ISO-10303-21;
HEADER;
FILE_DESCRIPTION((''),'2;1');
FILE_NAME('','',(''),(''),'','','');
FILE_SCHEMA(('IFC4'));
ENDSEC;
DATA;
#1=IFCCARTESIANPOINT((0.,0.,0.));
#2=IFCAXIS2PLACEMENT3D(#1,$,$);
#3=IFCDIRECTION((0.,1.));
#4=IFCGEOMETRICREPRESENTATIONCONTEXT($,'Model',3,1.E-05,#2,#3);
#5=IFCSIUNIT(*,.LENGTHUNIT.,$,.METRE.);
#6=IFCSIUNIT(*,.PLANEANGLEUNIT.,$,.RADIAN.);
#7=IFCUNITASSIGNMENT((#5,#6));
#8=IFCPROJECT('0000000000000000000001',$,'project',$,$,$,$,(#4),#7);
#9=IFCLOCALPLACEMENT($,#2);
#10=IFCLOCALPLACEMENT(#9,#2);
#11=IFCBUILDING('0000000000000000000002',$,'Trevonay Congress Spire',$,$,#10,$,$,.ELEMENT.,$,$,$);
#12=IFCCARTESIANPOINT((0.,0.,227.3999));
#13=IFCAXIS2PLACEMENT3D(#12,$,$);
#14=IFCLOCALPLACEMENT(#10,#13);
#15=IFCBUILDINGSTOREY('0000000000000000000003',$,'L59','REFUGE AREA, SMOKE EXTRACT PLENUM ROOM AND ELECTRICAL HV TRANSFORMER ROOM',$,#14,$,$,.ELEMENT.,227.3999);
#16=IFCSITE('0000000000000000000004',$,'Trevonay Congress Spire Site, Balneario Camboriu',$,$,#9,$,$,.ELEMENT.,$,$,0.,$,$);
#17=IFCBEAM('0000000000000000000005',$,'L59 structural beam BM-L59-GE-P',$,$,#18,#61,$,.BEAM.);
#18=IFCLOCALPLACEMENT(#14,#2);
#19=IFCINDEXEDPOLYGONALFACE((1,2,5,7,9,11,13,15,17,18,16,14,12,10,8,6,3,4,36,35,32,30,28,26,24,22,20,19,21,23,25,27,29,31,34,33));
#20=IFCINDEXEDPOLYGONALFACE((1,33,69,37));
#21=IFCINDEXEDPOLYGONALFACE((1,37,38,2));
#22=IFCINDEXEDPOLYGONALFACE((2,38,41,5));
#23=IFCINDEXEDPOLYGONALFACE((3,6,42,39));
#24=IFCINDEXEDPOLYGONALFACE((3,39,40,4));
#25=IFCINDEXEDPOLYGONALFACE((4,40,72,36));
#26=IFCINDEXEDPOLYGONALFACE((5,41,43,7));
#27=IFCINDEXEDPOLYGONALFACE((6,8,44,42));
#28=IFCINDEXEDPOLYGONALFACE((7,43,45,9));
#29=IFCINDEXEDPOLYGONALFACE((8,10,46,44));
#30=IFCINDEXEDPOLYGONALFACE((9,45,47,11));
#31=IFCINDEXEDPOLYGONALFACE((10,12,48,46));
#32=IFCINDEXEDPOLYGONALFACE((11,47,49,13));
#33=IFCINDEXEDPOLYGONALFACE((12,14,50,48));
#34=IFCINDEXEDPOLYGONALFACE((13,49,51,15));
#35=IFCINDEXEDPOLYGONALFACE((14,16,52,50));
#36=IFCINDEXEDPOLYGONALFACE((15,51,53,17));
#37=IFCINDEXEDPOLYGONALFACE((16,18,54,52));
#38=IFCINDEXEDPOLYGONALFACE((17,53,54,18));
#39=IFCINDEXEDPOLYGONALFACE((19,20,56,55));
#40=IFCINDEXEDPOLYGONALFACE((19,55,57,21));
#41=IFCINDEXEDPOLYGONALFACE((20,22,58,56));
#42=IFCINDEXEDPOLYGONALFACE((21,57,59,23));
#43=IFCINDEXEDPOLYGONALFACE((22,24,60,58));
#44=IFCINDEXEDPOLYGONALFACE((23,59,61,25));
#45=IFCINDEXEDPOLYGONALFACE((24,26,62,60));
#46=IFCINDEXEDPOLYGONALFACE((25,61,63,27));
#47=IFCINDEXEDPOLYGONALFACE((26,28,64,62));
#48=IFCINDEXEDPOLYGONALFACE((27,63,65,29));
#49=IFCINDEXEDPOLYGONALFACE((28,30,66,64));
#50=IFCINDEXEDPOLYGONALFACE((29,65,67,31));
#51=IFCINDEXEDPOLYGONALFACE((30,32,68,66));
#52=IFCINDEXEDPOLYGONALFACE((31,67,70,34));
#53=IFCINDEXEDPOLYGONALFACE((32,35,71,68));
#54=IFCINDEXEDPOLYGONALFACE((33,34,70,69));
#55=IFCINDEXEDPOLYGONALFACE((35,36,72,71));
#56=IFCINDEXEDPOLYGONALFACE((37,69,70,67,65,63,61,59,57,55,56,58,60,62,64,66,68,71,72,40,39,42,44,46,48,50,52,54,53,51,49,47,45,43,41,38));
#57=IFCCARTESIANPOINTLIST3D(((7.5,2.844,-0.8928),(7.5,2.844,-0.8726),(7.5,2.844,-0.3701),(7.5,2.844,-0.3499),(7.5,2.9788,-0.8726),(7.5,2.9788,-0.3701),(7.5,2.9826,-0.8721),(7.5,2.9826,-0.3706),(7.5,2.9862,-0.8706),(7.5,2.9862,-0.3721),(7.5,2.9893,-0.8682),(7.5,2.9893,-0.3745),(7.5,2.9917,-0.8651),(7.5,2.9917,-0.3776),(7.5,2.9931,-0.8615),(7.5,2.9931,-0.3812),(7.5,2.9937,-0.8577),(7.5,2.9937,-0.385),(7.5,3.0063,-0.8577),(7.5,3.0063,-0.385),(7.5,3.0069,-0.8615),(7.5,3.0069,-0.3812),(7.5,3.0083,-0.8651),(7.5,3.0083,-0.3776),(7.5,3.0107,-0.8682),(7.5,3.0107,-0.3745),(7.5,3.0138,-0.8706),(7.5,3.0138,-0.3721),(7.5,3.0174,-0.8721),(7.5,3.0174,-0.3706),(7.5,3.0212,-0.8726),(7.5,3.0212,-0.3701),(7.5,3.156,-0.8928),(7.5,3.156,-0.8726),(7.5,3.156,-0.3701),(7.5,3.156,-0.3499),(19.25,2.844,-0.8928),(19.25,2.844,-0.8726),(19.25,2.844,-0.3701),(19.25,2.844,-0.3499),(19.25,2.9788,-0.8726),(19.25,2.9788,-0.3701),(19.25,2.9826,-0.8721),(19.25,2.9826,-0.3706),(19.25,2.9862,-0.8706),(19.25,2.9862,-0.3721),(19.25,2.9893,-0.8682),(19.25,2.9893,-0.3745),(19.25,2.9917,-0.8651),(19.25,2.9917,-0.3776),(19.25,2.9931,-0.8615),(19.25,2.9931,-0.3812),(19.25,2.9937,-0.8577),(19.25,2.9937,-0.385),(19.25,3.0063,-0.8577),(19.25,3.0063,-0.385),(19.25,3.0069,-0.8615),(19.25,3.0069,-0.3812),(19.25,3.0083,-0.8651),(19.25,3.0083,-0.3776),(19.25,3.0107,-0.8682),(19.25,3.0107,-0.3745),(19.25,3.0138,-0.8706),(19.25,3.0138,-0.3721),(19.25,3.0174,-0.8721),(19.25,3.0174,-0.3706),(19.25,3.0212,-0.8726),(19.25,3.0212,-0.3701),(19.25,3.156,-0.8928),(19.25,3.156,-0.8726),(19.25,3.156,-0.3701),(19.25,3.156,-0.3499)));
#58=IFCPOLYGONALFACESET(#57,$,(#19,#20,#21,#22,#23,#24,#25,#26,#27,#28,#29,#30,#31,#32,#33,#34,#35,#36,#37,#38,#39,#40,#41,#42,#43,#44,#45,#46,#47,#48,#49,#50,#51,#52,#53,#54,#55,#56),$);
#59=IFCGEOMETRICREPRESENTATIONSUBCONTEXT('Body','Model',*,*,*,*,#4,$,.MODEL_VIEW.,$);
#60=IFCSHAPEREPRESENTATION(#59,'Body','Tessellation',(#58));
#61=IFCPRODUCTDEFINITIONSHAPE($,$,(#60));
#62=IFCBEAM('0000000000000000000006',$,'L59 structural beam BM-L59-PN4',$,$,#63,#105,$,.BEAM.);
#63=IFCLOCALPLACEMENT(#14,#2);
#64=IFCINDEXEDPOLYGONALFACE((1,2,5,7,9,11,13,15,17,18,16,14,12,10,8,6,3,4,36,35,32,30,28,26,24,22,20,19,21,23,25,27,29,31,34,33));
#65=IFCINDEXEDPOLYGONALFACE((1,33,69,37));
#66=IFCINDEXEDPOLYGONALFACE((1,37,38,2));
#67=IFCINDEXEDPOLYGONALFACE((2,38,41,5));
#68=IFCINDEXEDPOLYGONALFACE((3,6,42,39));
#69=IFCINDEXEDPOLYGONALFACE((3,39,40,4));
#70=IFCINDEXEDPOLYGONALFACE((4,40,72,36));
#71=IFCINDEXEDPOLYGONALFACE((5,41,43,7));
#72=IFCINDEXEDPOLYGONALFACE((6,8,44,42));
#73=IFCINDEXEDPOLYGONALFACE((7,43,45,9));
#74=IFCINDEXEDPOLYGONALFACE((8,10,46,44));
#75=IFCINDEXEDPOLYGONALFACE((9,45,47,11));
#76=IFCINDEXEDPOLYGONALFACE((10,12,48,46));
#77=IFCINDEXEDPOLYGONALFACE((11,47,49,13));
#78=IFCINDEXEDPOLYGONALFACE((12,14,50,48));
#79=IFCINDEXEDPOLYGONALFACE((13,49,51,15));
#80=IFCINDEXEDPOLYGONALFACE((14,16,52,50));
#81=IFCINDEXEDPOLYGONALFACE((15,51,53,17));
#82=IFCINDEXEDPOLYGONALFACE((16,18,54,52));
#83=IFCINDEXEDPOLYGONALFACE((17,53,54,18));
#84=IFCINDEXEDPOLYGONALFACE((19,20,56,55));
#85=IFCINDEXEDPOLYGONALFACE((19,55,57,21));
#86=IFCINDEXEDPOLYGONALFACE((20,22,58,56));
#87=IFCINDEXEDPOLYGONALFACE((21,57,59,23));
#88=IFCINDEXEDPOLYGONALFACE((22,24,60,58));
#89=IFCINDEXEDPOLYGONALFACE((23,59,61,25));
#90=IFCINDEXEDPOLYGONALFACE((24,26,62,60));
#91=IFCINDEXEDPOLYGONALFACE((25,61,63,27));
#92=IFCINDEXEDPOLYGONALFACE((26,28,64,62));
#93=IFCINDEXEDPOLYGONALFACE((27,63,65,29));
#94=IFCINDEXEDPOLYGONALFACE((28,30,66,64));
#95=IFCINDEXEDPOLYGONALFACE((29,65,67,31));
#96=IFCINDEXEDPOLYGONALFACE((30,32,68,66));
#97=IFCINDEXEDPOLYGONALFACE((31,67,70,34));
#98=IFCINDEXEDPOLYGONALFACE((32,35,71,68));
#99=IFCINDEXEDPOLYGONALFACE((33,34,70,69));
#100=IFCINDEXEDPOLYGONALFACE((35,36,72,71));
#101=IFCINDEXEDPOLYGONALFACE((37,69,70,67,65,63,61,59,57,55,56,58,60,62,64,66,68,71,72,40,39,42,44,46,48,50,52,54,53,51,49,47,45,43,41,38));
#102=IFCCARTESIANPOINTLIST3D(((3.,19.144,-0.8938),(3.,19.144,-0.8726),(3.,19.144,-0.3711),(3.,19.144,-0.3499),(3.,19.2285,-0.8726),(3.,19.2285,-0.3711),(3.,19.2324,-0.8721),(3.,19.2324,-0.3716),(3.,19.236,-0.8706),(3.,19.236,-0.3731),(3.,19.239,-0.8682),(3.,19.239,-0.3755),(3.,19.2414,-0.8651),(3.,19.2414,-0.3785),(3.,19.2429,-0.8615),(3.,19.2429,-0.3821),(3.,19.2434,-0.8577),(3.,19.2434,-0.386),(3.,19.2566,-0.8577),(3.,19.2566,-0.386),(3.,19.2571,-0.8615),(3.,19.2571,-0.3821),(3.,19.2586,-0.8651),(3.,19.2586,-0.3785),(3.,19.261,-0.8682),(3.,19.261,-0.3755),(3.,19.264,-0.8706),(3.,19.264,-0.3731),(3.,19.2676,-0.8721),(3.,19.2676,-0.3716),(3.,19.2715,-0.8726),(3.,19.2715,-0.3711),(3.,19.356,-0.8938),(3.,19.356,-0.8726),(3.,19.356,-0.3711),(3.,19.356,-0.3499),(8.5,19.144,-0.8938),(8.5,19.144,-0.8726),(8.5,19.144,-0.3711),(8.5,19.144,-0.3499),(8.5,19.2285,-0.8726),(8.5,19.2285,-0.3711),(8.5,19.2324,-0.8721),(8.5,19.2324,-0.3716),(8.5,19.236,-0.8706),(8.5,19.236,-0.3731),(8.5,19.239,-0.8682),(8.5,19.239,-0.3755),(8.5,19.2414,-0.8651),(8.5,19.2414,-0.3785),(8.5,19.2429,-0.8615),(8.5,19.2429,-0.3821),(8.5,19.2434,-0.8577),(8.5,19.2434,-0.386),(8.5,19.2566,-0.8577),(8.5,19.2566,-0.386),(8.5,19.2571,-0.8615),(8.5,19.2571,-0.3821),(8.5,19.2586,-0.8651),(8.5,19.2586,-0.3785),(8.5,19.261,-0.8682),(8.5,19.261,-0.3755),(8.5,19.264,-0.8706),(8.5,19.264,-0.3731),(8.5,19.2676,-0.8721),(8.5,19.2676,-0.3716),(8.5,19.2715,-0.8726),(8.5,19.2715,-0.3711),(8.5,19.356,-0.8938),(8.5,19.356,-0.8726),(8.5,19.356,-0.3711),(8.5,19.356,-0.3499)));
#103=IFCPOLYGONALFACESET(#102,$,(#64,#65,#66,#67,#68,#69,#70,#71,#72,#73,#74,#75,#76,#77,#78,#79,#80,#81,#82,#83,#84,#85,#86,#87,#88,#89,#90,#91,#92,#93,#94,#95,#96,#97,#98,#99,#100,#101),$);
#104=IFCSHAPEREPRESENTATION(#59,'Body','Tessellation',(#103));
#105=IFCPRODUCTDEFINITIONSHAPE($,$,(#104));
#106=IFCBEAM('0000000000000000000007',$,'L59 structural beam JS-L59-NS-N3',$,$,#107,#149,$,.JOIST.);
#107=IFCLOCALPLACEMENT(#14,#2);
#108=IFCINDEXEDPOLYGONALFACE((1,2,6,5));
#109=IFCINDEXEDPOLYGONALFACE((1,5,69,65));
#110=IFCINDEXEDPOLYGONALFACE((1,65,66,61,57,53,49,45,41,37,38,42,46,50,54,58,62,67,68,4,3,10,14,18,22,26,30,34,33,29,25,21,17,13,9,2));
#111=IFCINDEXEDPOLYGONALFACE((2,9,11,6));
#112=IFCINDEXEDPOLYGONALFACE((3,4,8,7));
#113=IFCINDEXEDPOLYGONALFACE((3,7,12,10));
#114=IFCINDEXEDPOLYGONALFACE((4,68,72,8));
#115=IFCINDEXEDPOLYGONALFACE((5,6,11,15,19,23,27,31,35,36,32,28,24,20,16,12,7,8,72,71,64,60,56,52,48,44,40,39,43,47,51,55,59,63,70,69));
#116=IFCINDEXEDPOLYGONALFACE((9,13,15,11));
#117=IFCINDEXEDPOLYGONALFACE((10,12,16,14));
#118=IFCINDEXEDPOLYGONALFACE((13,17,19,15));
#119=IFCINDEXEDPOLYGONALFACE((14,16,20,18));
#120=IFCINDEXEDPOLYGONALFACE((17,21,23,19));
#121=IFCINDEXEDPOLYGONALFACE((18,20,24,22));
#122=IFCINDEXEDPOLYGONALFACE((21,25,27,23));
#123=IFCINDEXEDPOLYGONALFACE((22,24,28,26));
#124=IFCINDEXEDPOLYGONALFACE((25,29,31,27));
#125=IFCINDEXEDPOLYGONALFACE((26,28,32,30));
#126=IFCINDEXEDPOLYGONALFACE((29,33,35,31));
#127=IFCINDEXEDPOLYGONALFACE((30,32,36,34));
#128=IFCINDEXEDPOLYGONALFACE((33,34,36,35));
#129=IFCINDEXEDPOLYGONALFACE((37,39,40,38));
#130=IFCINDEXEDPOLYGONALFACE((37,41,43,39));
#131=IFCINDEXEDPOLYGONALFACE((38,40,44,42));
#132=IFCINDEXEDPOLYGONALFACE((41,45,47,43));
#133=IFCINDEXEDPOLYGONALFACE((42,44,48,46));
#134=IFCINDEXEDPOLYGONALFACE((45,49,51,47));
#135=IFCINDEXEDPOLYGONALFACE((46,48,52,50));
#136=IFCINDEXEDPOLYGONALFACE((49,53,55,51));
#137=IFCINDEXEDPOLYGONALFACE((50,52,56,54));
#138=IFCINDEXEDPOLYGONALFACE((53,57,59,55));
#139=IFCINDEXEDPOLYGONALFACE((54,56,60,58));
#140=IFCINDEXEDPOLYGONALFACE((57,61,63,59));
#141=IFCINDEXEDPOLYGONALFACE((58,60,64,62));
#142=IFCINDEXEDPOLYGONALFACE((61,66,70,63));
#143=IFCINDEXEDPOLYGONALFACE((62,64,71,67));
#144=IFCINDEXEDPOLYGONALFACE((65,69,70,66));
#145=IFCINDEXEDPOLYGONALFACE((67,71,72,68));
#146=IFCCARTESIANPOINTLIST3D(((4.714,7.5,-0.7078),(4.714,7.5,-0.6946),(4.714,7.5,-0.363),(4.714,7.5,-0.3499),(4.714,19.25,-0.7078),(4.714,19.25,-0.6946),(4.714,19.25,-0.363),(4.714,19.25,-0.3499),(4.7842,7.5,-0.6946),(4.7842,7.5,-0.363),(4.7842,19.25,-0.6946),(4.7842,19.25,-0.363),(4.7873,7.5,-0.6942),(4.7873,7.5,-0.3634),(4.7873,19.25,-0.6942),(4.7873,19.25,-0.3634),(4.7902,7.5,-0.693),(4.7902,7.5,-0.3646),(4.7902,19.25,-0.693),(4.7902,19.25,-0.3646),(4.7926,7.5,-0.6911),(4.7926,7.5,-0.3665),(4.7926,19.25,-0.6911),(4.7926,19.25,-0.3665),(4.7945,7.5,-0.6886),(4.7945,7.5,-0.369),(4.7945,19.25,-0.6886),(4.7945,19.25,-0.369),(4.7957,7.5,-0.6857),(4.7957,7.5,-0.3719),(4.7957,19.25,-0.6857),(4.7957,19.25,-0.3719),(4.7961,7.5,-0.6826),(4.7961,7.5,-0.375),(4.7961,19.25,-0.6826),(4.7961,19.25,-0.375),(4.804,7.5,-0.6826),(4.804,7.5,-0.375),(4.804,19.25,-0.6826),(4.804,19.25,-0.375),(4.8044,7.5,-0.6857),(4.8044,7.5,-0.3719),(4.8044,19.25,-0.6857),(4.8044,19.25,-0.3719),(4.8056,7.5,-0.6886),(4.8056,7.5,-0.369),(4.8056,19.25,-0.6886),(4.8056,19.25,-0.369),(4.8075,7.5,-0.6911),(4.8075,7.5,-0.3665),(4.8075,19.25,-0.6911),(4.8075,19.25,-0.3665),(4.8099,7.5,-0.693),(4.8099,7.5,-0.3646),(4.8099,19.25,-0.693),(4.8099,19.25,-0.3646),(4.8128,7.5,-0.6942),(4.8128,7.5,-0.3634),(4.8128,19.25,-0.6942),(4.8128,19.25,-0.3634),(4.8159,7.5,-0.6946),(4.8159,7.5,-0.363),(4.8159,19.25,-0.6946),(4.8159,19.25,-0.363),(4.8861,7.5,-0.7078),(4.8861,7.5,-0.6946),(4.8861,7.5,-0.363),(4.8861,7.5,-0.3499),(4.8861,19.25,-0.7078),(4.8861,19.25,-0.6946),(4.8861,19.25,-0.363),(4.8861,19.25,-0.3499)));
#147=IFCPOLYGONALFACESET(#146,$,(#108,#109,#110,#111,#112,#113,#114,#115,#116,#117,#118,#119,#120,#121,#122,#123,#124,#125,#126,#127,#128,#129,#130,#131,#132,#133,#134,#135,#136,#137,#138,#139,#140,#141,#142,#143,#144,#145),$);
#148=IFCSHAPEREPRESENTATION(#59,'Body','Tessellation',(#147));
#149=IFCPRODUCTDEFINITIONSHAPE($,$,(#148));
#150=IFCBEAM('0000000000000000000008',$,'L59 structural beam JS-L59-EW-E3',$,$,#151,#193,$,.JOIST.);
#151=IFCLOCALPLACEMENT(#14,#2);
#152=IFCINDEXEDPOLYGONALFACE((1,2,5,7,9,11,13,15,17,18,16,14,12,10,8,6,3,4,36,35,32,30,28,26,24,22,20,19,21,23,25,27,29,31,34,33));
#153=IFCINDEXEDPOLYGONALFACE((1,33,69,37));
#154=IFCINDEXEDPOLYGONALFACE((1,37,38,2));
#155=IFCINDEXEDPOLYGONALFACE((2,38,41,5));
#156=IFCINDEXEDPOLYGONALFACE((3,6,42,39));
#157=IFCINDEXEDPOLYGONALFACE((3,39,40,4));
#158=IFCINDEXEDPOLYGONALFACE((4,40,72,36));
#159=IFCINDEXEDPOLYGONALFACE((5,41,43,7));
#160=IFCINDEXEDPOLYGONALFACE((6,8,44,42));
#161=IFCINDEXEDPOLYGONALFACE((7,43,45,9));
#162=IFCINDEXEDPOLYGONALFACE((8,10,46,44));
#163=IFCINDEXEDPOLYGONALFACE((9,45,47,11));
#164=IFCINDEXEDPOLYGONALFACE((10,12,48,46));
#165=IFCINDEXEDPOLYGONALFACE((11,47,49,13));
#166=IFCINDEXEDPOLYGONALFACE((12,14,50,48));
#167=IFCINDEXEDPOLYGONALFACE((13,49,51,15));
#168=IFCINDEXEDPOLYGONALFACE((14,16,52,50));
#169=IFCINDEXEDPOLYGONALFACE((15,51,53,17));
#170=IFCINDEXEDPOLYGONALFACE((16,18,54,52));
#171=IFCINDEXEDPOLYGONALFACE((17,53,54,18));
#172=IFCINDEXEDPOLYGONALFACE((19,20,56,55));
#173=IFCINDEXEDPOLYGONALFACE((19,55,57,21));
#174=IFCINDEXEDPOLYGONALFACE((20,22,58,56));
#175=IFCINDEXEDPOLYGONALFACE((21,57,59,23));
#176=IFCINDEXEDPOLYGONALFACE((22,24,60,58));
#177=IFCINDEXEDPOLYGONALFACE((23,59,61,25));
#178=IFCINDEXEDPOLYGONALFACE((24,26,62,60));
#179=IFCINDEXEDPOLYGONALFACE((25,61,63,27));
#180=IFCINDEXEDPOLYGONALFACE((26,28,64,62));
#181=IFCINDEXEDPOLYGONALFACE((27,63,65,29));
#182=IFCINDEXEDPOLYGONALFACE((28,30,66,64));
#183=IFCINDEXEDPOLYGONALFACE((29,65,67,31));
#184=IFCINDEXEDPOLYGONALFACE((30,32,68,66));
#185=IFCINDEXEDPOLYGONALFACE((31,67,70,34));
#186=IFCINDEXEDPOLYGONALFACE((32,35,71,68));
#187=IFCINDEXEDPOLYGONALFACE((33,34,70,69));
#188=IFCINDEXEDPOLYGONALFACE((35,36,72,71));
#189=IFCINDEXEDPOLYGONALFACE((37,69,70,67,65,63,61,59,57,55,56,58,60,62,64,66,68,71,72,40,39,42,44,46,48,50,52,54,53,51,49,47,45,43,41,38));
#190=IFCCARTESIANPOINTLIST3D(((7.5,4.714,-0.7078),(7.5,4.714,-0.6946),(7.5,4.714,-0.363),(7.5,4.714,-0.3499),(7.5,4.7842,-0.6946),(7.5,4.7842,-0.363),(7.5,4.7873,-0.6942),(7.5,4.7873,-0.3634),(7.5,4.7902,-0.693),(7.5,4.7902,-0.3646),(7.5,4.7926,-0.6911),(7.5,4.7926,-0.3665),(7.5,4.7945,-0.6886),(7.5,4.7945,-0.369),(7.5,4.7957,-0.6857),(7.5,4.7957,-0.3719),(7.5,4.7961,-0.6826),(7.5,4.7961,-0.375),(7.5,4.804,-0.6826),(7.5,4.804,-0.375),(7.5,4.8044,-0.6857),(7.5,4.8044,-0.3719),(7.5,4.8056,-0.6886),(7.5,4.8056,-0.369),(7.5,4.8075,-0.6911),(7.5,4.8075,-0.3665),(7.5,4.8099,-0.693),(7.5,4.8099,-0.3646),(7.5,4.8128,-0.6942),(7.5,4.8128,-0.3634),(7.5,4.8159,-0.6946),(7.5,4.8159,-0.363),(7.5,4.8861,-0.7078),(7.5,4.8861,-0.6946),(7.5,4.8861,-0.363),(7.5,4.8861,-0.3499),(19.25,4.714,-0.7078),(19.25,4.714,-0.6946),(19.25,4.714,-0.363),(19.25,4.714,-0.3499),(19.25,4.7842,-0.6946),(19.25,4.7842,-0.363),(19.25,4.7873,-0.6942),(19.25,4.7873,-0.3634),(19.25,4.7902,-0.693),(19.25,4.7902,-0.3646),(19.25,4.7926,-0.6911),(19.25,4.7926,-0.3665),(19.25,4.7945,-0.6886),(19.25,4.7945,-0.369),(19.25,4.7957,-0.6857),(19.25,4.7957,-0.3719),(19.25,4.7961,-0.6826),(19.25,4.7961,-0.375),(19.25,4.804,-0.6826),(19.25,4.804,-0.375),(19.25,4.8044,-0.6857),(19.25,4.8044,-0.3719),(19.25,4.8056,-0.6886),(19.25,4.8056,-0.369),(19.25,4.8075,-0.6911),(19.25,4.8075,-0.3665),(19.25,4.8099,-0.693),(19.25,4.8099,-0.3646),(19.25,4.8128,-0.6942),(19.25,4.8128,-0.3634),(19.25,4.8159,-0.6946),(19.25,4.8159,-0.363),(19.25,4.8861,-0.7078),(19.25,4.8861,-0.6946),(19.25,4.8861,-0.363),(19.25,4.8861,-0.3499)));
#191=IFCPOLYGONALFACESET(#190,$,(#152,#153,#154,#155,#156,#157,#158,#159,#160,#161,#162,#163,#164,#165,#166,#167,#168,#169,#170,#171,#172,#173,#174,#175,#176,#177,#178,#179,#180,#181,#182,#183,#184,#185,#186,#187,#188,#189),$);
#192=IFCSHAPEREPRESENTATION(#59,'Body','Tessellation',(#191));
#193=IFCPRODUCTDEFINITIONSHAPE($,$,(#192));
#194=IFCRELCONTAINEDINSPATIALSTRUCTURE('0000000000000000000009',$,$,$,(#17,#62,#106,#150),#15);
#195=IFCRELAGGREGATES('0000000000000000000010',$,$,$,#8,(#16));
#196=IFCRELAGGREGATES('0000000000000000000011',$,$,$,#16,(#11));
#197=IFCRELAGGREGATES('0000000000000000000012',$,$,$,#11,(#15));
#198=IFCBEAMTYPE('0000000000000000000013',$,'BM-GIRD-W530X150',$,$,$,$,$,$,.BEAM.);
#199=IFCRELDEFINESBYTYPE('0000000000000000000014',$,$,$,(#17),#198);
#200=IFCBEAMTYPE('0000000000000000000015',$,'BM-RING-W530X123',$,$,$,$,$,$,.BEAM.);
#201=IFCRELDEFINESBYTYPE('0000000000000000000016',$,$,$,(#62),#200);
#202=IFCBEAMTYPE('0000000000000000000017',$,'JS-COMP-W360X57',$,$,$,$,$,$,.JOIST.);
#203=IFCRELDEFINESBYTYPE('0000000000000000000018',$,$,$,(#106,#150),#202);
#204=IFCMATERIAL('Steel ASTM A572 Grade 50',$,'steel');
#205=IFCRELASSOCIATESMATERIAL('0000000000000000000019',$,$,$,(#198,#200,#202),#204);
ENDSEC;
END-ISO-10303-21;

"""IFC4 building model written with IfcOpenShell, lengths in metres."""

from ifc_helpers import new_model, si_unit, direction, frame, origin, origin_2d, place, context, subcontext, project, spatial, i_section, extrude, material, material_profile, profile_set, type_object, element, save


model = new_model("IFC4")

# Units and contexts
model_context = context("Model", 3, precision=1e-05, world=origin(), true_north=direction((0.0, 1.0)))
body_context = subcontext(model_context, "Body", "Model", "MODEL_VIEW")
ifc_project = project(units=[si_unit("LENGTHUNIT", "METRE"), si_unit("PLANEANGLEUNIT", "RADIAN")], contexts=[model_context])

# Site, building, storey
site_placement = place(None, origin())
site = spatial("IfcSite", under=ifc_project, at=site_placement, Name="Trevonay Congress Spire Site, Balneario Camboriu", CompositionType="ELEMENT", RefElevation=0.0)
building_placement = place(site_placement, origin())
building = spatial("IfcBuilding", under=site, at=building_placement, Name="Trevonay Congress Spire", CompositionType="ELEMENT")
storey_placement = place(building_placement, frame((0.0, 0.0, 227.3999)))
storey = spatial("IfcBuildingStorey", under=building, at=storey_placement, Name="L59", Description="REFUGE AREA, SMOKE EXTRACT PLENUM ROOM AND ELECTRICAL HV TRANSFORMER ROOM", CompositionType="ELEMENT", Elevation=227.3999)

# Shared definitions
ifc_material_1 = material(Name="Steel ASTM A572 Grade 50", Category="steel")

# Beams
ifc_material_profile_1 = material_profile(ifc_material_1, i_section(OverallWidth=0.312, OverallDepth=0.543, WebThickness=0.0127, FlangeThickness=0.0203, FilletRadius=0.0149, at=origin_2d()), Name="W530x150")
ifc_profile_set_1 = profile_set([ifc_material_profile_1], Name="Steel ASTM A572 Grade 50")
beam_type_1 = type_object("IfcBeamType", Name="BM-GIRD-W530X150", PredefinedType="BEAM", material=ifc_profile_set_1)
for number, where, z_axis, x_axis, name in (
    (1, (7.5, 3.0, -0.6213), (1.0, 0.0, 0.0), (0.0, 1.0, 0.0), "L59 structural beam BM-L59-GE-P"),
):
    element("IfcBeam", number, at=place(storey_placement, frame(where, z_axis=z_axis, x_axis=x_axis)), inside=storey, type_object=beam_type_1, Name=name, PredefinedType="BEAM", context=body_context, shape_type="SweptSolid", body=[
        extrude(i_section(OverallWidth=0.312, OverallDepth=0.543, WebThickness=0.0127, FlangeThickness=0.0203, FilletRadius=0.0149, at=origin_2d()), origin(), (0.0, 0.0, 1.0), 11.75),
    ])
ifc_material_profile_2 = material_profile(ifc_material_1, i_section(OverallWidth=0.2119, OverallDepth=0.5439, WebThickness=0.0132, FlangeThickness=0.0212, FilletRadius=0.0149, at=origin_2d()), Name="W530x123")
ifc_profile_set_2 = profile_set([ifc_material_profile_2], Name="Steel ASTM A572 Grade 50")
beam_type_2 = type_object("IfcBeamType", Name="BM-RING-W530X123", PredefinedType="BEAM", material=ifc_profile_set_2)
beam_1_placement = place(storey_placement, frame((3.0, 19.25, -0.6218), z_axis=(1.0, 0.0, 0.0), x_axis=(0.0, 1.0, 0.0)))
element("IfcBeam", 2, at=beam_1_placement, inside=storey, type_object=beam_type_2, Name="L59 structural beam BM-L59-PN4", PredefinedType="BEAM", context=body_context, shape_type="SweptSolid", body=[
    extrude(i_section(OverallWidth=0.2119, OverallDepth=0.5439, WebThickness=0.0132, FlangeThickness=0.0212, FilletRadius=0.0149, at=origin_2d()), origin(), (0.0, 0.0, 1.0), 5.5),
])
ifc_material_profile_3 = material_profile(ifc_material_1, i_section(OverallWidth=0.1721, OverallDepth=0.3579, WebThickness=0.0078, FlangeThickness=0.0132, FilletRadius=0.012, at=origin_2d()), Name="W360x57.8")
ifc_profile_set_3 = profile_set([ifc_material_profile_3], Name="Steel ASTM A572 Grade 50")
beam_type_3 = type_object("IfcBeamType", Name="JS-COMP-W360X57", PredefinedType="JOIST", material=ifc_profile_set_3)
for number, where, z_axis, x_axis, name in (
    (3, (4.8, 7.5, -0.5288), (0.0, 1.0, 0.0), (-1.0, 0.0, 0.0), "L59 structural beam JS-L59-NS-N3"),
    (4, (7.5, 4.8, -0.5288), (1.0, 0.0, 0.0), (0.0, 1.0, 0.0), "L59 structural beam JS-L59-EW-E3"),
):
    element("IfcBeam", number, at=place(storey_placement, frame(where, z_axis=z_axis, x_axis=x_axis)), inside=storey, type_object=beam_type_3, Name=name, PredefinedType="JOIST", context=body_context, shape_type="SweptSolid", body=[
        extrude(i_section(OverallWidth=0.1721, OverallDepth=0.3579, WebThickness=0.0078, FlangeThickness=0.0132, FilletRadius=0.012, at=origin_2d()), origin(), (0.0, 0.0, 1.0), 11.75),
    ])

save(model, "model.ifc")
